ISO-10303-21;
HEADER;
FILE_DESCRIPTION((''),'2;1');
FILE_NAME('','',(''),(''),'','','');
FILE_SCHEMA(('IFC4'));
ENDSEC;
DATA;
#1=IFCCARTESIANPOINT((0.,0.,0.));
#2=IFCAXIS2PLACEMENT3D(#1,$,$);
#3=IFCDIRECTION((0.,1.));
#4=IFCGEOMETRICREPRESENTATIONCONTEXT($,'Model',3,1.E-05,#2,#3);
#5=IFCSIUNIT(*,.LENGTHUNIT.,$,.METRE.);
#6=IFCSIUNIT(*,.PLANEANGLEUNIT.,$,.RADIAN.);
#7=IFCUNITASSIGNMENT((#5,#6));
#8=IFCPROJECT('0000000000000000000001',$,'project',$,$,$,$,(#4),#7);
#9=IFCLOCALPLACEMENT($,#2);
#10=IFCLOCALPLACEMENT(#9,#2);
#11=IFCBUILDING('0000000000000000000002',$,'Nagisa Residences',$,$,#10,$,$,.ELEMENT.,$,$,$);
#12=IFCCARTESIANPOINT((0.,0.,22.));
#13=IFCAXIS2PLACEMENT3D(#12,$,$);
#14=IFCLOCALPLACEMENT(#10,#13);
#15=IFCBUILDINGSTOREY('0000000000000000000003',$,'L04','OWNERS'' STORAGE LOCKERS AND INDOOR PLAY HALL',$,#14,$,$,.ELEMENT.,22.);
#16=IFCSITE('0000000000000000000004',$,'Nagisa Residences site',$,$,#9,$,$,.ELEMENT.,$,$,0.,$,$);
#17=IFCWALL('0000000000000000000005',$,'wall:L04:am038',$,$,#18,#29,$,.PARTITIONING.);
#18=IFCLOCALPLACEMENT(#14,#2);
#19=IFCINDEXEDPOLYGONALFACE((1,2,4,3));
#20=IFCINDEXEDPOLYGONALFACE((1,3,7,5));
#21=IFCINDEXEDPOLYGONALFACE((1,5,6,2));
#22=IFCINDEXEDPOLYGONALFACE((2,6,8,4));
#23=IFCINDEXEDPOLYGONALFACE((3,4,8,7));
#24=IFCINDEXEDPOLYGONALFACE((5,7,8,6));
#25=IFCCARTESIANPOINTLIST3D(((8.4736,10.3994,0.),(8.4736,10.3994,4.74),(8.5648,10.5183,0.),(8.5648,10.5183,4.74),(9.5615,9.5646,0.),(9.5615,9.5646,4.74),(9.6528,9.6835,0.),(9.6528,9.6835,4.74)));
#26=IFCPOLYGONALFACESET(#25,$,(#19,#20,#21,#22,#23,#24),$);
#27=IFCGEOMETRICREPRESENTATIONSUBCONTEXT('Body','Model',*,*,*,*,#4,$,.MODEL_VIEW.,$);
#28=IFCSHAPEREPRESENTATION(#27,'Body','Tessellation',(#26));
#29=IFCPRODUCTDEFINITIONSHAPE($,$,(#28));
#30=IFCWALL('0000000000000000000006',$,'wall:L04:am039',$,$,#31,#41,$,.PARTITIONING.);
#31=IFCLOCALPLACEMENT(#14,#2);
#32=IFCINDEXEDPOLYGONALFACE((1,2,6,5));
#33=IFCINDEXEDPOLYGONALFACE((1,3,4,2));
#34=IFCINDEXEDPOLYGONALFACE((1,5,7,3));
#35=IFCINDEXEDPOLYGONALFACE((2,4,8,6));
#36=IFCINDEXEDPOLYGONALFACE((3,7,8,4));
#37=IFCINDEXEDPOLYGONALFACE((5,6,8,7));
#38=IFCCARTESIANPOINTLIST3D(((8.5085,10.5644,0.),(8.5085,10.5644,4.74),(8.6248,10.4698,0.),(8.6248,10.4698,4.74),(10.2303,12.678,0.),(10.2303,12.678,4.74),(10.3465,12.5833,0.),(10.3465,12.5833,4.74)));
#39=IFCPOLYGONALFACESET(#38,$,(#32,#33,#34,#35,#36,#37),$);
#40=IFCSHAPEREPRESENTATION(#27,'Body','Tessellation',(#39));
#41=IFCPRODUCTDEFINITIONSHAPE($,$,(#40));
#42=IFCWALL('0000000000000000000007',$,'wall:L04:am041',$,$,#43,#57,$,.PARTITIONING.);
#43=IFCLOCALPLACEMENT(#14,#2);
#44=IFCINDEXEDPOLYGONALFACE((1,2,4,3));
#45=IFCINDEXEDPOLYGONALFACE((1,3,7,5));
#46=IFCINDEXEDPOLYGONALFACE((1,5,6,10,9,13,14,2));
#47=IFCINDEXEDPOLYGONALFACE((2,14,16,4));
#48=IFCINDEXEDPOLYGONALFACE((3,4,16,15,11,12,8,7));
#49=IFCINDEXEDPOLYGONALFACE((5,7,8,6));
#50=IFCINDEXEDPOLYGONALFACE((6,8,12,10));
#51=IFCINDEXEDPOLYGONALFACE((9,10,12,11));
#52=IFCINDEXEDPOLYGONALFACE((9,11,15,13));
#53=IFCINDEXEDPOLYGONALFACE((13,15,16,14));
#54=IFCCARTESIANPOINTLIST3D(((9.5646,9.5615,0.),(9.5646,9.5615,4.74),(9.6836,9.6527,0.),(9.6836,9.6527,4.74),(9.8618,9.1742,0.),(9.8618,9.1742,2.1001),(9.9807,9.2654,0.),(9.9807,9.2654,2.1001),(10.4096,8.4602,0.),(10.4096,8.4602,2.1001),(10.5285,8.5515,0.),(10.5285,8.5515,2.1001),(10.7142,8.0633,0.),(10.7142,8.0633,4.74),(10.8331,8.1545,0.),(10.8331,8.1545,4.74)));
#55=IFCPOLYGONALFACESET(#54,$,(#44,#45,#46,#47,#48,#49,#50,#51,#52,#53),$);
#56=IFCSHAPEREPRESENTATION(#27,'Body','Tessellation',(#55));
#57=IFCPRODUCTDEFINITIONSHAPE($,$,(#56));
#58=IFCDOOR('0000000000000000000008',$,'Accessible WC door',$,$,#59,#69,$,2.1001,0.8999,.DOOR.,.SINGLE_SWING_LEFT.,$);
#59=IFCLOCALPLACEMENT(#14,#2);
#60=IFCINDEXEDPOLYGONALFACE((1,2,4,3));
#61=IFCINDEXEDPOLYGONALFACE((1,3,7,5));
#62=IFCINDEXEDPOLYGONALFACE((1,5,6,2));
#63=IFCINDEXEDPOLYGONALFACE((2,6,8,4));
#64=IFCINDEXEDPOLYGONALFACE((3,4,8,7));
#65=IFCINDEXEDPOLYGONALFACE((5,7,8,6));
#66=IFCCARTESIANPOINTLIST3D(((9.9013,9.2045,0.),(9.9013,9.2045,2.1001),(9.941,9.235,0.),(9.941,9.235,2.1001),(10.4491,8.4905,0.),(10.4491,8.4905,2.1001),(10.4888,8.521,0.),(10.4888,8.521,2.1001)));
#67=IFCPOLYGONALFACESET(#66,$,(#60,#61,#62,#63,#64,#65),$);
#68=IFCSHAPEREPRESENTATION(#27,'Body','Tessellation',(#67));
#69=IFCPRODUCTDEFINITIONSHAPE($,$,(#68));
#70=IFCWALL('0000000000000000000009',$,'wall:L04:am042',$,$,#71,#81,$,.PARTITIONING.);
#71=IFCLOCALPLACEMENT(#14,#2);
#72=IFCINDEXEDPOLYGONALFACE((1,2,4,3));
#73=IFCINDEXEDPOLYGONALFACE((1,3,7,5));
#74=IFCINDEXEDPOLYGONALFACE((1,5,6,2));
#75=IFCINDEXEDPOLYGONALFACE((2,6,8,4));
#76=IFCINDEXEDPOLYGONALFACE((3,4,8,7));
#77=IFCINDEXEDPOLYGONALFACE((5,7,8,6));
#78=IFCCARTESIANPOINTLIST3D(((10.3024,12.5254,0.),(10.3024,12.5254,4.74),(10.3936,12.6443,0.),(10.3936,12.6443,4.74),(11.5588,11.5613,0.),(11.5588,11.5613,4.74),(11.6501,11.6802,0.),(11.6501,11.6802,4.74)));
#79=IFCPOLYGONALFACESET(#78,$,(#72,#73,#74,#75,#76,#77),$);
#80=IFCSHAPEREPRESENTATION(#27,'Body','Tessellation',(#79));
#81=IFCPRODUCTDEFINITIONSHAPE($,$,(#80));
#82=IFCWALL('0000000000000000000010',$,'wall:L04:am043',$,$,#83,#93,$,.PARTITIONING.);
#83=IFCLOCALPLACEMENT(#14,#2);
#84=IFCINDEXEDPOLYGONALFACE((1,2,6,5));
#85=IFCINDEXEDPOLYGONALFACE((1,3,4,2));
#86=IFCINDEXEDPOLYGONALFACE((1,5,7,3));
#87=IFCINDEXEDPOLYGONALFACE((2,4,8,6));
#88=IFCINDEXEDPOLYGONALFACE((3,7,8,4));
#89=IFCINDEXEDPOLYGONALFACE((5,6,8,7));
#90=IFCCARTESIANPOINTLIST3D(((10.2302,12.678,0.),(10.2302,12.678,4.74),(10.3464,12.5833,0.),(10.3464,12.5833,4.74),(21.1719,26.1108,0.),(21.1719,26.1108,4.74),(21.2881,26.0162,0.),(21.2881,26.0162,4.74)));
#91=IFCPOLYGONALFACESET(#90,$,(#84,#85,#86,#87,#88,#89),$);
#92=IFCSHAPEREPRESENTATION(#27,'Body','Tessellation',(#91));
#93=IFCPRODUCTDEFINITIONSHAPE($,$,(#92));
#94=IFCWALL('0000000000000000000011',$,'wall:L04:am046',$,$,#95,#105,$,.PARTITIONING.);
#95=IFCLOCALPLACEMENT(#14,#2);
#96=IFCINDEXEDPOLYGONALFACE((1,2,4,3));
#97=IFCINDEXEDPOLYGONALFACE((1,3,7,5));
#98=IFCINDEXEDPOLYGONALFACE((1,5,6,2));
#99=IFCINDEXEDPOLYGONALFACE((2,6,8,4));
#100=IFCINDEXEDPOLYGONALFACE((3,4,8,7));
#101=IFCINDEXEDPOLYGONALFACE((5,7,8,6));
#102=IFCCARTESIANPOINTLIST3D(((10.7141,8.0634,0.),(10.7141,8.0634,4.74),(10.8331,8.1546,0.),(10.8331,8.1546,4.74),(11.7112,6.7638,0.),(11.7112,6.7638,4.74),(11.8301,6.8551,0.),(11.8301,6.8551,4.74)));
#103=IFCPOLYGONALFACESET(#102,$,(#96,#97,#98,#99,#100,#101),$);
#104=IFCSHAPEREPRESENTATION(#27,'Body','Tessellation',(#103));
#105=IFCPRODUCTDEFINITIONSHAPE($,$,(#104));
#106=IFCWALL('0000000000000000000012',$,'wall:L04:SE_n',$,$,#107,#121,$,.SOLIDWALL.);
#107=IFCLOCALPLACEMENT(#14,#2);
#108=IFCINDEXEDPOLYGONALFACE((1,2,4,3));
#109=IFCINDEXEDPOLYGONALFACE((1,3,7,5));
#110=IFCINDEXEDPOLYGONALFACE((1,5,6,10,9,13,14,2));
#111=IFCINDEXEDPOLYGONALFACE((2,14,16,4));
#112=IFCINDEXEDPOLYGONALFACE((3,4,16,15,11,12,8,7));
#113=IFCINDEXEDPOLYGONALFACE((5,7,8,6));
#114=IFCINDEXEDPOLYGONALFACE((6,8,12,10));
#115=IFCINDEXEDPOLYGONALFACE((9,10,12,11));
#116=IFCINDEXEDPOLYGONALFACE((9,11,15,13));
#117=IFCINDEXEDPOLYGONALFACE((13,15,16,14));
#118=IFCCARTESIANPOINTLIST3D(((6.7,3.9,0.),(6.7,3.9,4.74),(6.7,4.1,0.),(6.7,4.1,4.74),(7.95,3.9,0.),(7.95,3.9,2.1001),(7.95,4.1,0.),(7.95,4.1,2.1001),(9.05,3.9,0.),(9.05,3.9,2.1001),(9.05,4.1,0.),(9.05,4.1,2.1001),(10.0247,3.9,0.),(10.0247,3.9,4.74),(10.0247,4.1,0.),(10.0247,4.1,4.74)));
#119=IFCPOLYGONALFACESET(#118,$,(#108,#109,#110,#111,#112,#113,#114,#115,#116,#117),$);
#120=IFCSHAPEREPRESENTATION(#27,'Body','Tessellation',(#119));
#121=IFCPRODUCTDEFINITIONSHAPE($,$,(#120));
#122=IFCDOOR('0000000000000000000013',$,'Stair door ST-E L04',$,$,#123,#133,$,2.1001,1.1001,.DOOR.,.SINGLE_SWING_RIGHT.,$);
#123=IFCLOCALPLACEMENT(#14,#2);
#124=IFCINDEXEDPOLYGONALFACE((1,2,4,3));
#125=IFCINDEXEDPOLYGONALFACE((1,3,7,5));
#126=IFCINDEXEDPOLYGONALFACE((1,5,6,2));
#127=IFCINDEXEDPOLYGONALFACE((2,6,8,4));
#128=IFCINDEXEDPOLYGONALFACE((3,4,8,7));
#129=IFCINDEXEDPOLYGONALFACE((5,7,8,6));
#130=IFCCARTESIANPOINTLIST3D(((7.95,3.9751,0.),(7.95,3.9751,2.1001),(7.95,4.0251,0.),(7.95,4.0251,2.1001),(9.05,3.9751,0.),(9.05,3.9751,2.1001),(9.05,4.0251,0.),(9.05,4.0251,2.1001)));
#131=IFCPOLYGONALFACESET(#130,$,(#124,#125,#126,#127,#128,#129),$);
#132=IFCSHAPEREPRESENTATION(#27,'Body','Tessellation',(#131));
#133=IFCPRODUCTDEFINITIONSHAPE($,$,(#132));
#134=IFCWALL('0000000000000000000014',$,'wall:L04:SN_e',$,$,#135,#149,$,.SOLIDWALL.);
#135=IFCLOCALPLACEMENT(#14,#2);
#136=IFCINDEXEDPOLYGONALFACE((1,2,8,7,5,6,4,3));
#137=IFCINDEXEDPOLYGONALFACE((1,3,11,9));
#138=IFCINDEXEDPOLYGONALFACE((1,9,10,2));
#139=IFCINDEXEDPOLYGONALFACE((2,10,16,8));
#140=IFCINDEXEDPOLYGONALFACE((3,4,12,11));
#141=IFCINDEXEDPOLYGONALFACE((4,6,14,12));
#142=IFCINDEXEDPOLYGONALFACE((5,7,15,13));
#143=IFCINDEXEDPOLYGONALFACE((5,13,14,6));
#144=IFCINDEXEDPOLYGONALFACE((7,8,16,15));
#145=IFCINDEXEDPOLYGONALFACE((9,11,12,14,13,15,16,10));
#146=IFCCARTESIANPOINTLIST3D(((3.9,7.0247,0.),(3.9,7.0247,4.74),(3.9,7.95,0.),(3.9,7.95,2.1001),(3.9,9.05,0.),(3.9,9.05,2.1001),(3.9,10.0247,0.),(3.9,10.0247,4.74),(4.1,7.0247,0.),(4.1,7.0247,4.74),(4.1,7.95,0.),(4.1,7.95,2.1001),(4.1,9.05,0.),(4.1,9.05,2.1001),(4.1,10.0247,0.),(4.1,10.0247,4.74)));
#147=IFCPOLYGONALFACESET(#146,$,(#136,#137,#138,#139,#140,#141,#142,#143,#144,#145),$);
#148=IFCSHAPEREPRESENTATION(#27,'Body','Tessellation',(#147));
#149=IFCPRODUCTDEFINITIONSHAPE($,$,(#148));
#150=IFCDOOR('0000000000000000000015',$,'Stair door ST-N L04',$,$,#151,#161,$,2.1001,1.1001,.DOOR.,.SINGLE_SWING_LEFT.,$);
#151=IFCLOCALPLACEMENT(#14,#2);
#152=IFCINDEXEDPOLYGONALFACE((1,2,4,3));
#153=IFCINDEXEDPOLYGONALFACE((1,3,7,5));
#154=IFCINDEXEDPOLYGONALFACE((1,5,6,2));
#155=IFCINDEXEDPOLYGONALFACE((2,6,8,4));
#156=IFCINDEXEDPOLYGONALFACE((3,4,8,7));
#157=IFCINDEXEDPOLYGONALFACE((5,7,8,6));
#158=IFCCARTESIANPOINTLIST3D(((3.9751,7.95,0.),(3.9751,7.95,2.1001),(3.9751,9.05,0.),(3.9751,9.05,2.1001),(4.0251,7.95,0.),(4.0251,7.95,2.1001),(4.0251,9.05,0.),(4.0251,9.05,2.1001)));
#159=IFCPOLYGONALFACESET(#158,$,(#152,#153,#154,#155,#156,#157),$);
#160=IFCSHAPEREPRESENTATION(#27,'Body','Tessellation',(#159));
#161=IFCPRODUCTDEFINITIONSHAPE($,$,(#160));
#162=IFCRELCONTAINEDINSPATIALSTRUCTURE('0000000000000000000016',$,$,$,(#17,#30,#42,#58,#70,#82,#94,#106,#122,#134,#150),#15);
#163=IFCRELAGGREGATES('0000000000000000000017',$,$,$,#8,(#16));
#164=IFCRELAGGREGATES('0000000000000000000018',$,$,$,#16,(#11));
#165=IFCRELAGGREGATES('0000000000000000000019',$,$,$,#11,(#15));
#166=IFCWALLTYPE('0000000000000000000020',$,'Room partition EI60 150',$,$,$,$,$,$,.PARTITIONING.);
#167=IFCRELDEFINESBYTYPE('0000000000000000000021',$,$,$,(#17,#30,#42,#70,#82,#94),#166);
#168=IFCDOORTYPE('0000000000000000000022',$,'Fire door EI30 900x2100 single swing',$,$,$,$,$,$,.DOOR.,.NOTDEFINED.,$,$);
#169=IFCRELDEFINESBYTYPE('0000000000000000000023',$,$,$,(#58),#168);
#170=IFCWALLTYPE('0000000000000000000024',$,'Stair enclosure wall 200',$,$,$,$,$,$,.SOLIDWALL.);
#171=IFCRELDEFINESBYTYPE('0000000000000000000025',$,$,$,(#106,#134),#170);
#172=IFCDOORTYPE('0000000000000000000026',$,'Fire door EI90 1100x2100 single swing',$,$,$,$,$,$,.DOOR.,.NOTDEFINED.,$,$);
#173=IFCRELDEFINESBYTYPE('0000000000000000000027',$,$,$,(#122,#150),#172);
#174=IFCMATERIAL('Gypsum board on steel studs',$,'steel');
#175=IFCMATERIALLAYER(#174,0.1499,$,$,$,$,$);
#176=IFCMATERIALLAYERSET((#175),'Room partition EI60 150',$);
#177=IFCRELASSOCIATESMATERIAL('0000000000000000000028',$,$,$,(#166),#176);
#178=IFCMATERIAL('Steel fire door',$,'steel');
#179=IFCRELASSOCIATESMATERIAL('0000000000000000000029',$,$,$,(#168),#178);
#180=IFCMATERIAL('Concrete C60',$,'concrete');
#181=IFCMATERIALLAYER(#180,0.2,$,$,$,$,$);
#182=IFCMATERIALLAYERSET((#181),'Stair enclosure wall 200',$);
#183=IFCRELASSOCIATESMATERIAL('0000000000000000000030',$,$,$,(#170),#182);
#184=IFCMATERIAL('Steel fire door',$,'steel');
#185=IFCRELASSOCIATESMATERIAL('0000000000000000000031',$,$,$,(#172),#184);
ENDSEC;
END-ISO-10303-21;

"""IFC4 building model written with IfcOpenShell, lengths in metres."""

from ifc_helpers import new_model, si_unit, direction, frame, frame_2d, origin, place, context, subcontext, project, spatial, rectangle, extrude, material, layer, layer_set, type_object, element, fill, save


model = new_model("IFC4")

# Units and contexts
model_context = context("Model", 3, precision=1e-05, world=origin(), true_north=direction((0.0, 1.0)))
body_context = subcontext(model_context, "Body", "Model", "MODEL_VIEW")
ifc_project = project(units=[si_unit("LENGTHUNIT", "METRE"), si_unit("PLANEANGLEUNIT", "RADIAN")], contexts=[model_context])

# Site, building, storey
site_placement = place(None, origin())
site = spatial("IfcSite", under=ifc_project, at=site_placement, Name="Nagisa Residences site", CompositionType="ELEMENT", RefElevation=0.0)
building_placement = place(site_placement, origin())
building = spatial("IfcBuilding", under=site, at=building_placement, Name="Nagisa Residences", CompositionType="ELEMENT")
storey_placement = place(building_placement, frame((0.0, 0.0, 22.0)))
storey = spatial("IfcBuildingStorey", under=building, at=storey_placement, Name="L04", Description="OWNERS' STORAGE LOCKERS AND INDOOR PLAY HALL", CompositionType="ELEMENT", Elevation=22.0)

# Shared definitions
ifc_material_1 = material(Name="Gypsum board on steel studs", Category="steel")
ifc_layer_1 = layer(ifc_material_1, 0.1499)
ifc_layer_set_1 = layer_set([ifc_layer_1], Name="Room partition EI60 150")
wall_type_1 = type_object("IfcWallType", Name="Room partition EI60 150", PredefinedType="PARTITIONING", material=ifc_layer_set_1)

# Shared definitions
ifc_material_2 = material(Name="Steel fire door", Category="steel")
door_type_1 = type_object("IfcDoorType", Name="Fire door EI30 900x2100 single swing", OperationType="NOTDEFINED", PredefinedType="DOOR", material=ifc_material_2)

# Walls
wall_1_placement = place(storey_placement, frame((8.5193, 10.4587, 0.0), z_axis=(0.0, 0.0, 1.0), x_axis=(0.793371, -0.608738, 0.0)))
element("IfcWall", 1, at=wall_1_placement, inside=storey, type_object=wall_type_1, Name="wall:L04:am038", PredefinedType="PARTITIONING", context=body_context, shape_type="SweptSolid", body=[
    extrude(rectangle(XDim=1.3713, YDim=0.1499, at=frame_2d((0.6855, 0.0))), origin(), (0.0, 0.0, 1.0), 4.74),
])
wall_2_placement = place(storey_placement, frame((8.5667, 10.5171, 0.0), z_axis=(0.0, 0.0, 1.0), x_axis=(0.631573, 0.775316, 0.0)))
element("IfcWall", 2, at=wall_2_placement, inside=storey, type_object=wall_type_1, Name="wall:L04:am039", PredefinedType="PARTITIONING", context=body_context, shape_type="SweptSolid", body=[
    extrude(rectangle(XDim=2.7261, YDim=0.1499, at=frame_2d((1.363, 0.0))), origin(), (0.0, 0.0, 1.0), 4.74),
])

# Wall, opening, door
wall_3_placement = place(storey_placement, frame((9.624, 9.6072, 0.0), z_axis=(0.0, 0.0, 1.0), x_axis=(0.608754, -0.793359, 0.0)))
wall_3 = element("IfcWall", 3, at=wall_3_placement, inside=storey, type_object=wall_type_1, Name="wall:L04:am041", PredefinedType="PARTITIONING", context=body_context, shape_type="SweptSolid", body=[
    extrude(rectangle(XDim=1.8884, YDim=0.1499, at=frame_2d((0.9443, 0.0))), origin(), (0.0, 0.0, 1.0), 4.74),
])
opening_1_placement = place(wall_3_placement, frame((0.4883, 0.0, 0.0)))
opening_1 = element("IfcOpeningElement", 4, at=opening_1_placement, cuts=wall_3, PredefinedType="OPENING", context=body_context, shape_type="SweptSolid", body=[
    extrude(rectangle(XDim=0.8999, YDim=2.1001, at=frame_2d((0.45, 1.05))), frame((0.0, 0.085, 0.0), z_axis=(0.0, -1.0, 0.0), x_axis=(1.0, 0.0, 0.0)), (0.0, 0.0, 1.0), 0.1699),
])
door_1_placement = place(opening_1_placement, origin())
door_1 = element("IfcDoor", 5, at=door_1_placement, inside=storey, type_object=door_type_1, Name="Accessible WC door", OperationType="SINGLE_SWING_LEFT", OverallHeight=2.1001, OverallWidth=0.8999, PredefinedType="DOOR", context=body_context, shape_type="SweptSolid", body=[
    extrude(rectangle(XDim=0.8999, YDim=2.1001, at=frame_2d((0.45, 1.05))), frame((0.0, 0.0249, 0.0), z_axis=(0.0, -1.0, 0.0), x_axis=(1.0, 0.0, 0.0)), (0.0, 0.0, 1.0), 0.05),
])
fill(opening_1, door_1)

# Walls
wall_4_placement = place(storey_placement, frame((10.3479, 12.585, 0.0), z_axis=(0.0, 0.0, 1.0), x_axis=(0.793328, -0.608794, 0.0)))
element("IfcWall", 6, at=wall_4_placement, inside=storey, type_object=wall_type_1, Name="wall:L04:am042", PredefinedType="PARTITIONING", context=body_context, shape_type="SweptSolid", body=[
    extrude(rectangle(XDim=1.5837, YDim=0.1499, at=frame_2d((0.792, 0.0))), origin(), (0.0, 0.0, 1.0), 4.74),
])
wall_5_placement = place(storey_placement, frame((10.2883, 12.6306, 0.0), z_axis=(0.0, 0.0, 1.0), x_axis=(0.631547, 0.775338, 0.0)))
element("IfcWall", 7, at=wall_5_placement, inside=storey, type_object=wall_type_1, Name="wall:L04:am043", PredefinedType="PARTITIONING", context=body_context, shape_type="SweptSolid", body=[
    extrude(rectangle(XDim=17.3252, YDim=0.1499, at=frame_2d((8.6626, 0.0))), origin(), (0.0, 0.0, 1.0), 4.74),
])
wall_6_placement = place(storey_placement, frame((10.7737, 8.1089, 0.0), z_axis=(0.0, 0.0, 1.0), x_axis=(0.608716, -0.793388, 0.0)))
element("IfcWall", 8, at=wall_6_placement, inside=storey, type_object=wall_type_1, Name="wall:L04:am046", PredefinedType="PARTITIONING", context=body_context, shape_type="SweptSolid", body=[
    extrude(rectangle(XDim=1.6379, YDim=0.1499, at=frame_2d((0.8188, 0.0))), origin(), (0.0, 0.0, 1.0), 4.74),
])

# Walls, openings, doors
ifc_material_3 = material(Name="Concrete C60", Category="concrete")
ifc_layer_2 = layer(ifc_material_3, 0.2)
ifc_layer_set_2 = layer_set([ifc_layer_2], Name="Stair enclosure wall 200")
wall_type_2 = type_object("IfcWallType", Name="Stair enclosure wall 200", PredefinedType="SOLIDWALL", material=ifc_layer_set_2)
wall_7_placement = place(storey_placement, frame((6.7, 4.0, 0.0), z_axis=(0.0, 0.0, 1.0), x_axis=(1.0, 0.0, 0.0)))
wall_7 = element("IfcWall", 9, at=wall_7_placement, inside=storey, type_object=wall_type_2, Name="wall:L04:SE_n", PredefinedType="SOLIDWALL", context=body_context, shape_type="SweptSolid", body=[
    extrude(rectangle(XDim=3.3247, YDim=0.2, at=frame_2d((1.6624, 0.0))), origin(), (0.0, 0.0, 1.0), 4.74),
])
opening_2_placement = place(wall_7_placement, frame((1.25, 0.0, 0.0)))
opening_2 = element("IfcOpeningElement", 10, at=opening_2_placement, cuts=wall_7, PredefinedType="OPENING", context=body_context, shape_type="SweptSolid", body=[
    extrude(rectangle(XDim=1.1001, YDim=2.1001, at=frame_2d((0.55, 1.05))), frame((0.0, 0.1099, 0.0), z_axis=(0.0, -1.0, 0.0), x_axis=(1.0, 0.0, 0.0)), (0.0, 0.0, 1.0), 0.22),
])
ifc_material_4 = material(Name="Steel fire door", Category="steel")
door_type_2 = type_object("IfcDoorType", Name="Fire door EI90 1100x2100 single swing", OperationType="NOTDEFINED", PredefinedType="DOOR", material=ifc_material_4)
door_2_placement = place(opening_2_placement, frame((1.1001, 0.0, 0.0), x_axis=(-1.0, 0.0, 0.0)))
door_2 = element("IfcDoor", 11, at=door_2_placement, inside=storey, type_object=door_type_2, Name="Stair door ST-E L04", OperationType="SINGLE_SWING_RIGHT", OverallHeight=2.1001, OverallWidth=1.1001, PredefinedType="DOOR", context=body_context, shape_type="SweptSolid", body=[
    extrude(rectangle(XDim=1.1001, YDim=2.1001, at=frame_2d((0.55, 1.05))), frame((0.0, 0.0249, 0.0), z_axis=(0.0, -1.0, 0.0), x_axis=(1.0, 0.0, 0.0)), (0.0, 0.0, 1.0), 0.05),
])
fill(opening_2, door_2)
wall_8_placement = place(storey_placement, frame((4.0, 7.0247, 0.0), z_axis=(0.0, 0.0, 1.0), x_axis=(0.0, 1.0, 0.0)))
wall_8 = element("IfcWall", 12, at=wall_8_placement, inside=storey, type_object=wall_type_2, Name="wall:L04:SN_e", PredefinedType="SOLIDWALL", context=body_context, shape_type="SweptSolid", body=[
    extrude(rectangle(XDim=3.0, YDim=0.2, at=frame_2d((1.5, 0.0))), origin(), (0.0, 0.0, 1.0), 4.74),
])
opening_3_placement = place(wall_8_placement, frame((0.9253, 0.0, 0.0)))
opening_3 = element("IfcOpeningElement", 13, at=opening_3_placement, cuts=wall_8, PredefinedType="OPENING", context=body_context, shape_type="SweptSolid", body=[
    extrude(rectangle(XDim=1.1001, YDim=2.1001, at=frame_2d((0.55, 1.05))), frame((0.0, 0.1099, 0.0), z_axis=(0.0, -1.0, 0.0), x_axis=(1.0, 0.0, 0.0)), (0.0, 0.0, 1.0), 0.22),
])
door_3_placement = place(opening_3_placement, origin())
door_3 = element("IfcDoor", 14, at=door_3_placement, inside=storey, type_object=door_type_2, Name="Stair door ST-N L04", OperationType="SINGLE_SWING_LEFT", OverallHeight=2.1001, OverallWidth=1.1001, PredefinedType="DOOR", context=body_context, shape_type="SweptSolid", body=[
    extrude(rectangle(XDim=1.1001, YDim=2.1001, at=frame_2d((0.55, 1.05))), frame((0.0, 0.0249, 0.0), z_axis=(0.0, -1.0, 0.0), x_axis=(1.0, 0.0, 0.0)), (0.0, 0.0, 1.0), 0.05),
])
fill(opening_3, door_3)

save(model, "model.ifc")
